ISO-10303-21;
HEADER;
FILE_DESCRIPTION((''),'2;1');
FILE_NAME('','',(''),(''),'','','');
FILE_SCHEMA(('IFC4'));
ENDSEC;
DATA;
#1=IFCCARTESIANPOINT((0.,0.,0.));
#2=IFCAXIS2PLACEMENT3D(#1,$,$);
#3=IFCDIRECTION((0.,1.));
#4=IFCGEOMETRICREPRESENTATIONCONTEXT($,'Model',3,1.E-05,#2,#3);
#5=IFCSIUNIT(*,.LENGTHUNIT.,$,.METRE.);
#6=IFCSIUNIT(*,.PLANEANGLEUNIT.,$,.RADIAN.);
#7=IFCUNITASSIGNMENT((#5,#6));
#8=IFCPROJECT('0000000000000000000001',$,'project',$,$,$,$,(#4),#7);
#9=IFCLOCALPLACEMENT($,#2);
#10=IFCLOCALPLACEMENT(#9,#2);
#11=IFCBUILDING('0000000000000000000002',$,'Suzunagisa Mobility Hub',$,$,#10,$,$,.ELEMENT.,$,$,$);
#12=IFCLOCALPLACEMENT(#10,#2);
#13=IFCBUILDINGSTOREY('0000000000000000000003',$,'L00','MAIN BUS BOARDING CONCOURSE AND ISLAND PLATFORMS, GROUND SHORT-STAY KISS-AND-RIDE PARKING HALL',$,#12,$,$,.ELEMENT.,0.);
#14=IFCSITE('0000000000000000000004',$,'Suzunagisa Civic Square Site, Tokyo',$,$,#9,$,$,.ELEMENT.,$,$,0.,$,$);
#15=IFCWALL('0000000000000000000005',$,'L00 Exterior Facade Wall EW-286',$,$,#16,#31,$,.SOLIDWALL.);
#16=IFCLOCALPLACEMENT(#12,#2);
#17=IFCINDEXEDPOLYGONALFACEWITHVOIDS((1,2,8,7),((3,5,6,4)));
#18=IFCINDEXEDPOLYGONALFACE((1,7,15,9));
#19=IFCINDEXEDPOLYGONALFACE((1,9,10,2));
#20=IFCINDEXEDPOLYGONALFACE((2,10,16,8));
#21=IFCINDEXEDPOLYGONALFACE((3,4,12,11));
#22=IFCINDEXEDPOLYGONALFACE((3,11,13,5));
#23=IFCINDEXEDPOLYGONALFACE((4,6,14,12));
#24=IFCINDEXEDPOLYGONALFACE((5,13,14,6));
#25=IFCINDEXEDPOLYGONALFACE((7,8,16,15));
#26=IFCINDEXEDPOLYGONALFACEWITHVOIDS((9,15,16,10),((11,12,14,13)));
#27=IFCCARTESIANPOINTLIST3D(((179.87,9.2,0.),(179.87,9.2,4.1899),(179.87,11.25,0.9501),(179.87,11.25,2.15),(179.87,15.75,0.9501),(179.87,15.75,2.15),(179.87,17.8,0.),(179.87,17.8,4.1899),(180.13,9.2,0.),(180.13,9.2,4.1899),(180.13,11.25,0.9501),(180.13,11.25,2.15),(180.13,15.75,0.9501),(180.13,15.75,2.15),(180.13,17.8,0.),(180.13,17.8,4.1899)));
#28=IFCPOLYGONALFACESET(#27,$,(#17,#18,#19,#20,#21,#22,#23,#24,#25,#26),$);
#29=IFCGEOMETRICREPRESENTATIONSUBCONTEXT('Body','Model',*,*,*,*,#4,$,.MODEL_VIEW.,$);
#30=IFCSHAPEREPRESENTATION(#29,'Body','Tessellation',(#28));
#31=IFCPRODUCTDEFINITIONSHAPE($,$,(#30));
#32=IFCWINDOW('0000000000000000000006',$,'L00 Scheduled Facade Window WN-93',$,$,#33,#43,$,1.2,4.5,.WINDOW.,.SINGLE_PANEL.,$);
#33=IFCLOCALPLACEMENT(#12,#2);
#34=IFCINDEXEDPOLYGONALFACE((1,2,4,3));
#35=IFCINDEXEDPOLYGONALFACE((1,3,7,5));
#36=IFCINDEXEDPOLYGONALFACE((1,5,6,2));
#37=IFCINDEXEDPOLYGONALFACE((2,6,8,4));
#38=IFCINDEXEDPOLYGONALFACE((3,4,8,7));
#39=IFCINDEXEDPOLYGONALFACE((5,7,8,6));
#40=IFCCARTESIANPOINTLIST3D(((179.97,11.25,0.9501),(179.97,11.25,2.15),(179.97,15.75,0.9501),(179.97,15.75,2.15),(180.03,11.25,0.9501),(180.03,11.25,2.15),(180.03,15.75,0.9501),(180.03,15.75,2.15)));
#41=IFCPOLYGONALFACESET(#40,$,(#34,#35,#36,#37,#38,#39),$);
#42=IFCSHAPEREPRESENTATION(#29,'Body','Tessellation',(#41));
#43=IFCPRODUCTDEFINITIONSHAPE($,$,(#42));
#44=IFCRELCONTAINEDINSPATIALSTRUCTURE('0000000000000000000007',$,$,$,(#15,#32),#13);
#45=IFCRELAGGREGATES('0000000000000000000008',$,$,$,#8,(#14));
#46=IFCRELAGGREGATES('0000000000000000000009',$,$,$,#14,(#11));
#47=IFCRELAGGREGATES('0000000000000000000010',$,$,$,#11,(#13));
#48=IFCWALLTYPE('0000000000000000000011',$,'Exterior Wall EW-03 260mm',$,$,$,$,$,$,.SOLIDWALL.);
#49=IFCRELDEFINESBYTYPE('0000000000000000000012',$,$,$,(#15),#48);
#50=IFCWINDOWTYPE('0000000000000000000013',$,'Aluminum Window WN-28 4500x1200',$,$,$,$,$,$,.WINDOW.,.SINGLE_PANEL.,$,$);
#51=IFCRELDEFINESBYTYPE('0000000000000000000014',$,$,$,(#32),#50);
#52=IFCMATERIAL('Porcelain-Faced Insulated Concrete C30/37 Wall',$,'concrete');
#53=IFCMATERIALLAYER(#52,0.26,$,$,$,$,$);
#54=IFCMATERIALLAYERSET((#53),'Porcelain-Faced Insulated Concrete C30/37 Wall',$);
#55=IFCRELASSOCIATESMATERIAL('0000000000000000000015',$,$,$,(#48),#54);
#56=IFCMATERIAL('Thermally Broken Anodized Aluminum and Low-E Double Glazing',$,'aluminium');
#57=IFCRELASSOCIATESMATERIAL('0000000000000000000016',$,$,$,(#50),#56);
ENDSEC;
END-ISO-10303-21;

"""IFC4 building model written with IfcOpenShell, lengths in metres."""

from ifc_helpers import new_model, si_unit, direction, frame, frame_2d, origin, place, context, subcontext, project, spatial, rectangle, extrude, material, layer, layer_set, type_object, element, fill, save


model = new_model("IFC4")

# Units and contexts
model_context = context("Model", 3, precision=1e-05, world=origin(), true_north=direction((0.0, 1.0)))
body_context = subcontext(model_context, "Body", "Model", "MODEL_VIEW")
ifc_project = project(units=[si_unit("LENGTHUNIT", "METRE"), si_unit("PLANEANGLEUNIT", "RADIAN")], contexts=[model_context])

# Site, building, storey
site_placement = place(None, origin())
site = spatial("IfcSite", under=ifc_project, at=site_placement, Name="Suzunagisa Civic Square Site, Tokyo", CompositionType="ELEMENT", RefElevation=0.0)
building_placement = place(site_placement, origin())
building = spatial("IfcBuilding", under=site, at=building_placement, Name="Suzunagisa Mobility Hub", CompositionType="ELEMENT")
storey_placement = place(building_placement, origin())
storey = spatial("IfcBuildingStorey", under=building, at=storey_placement, Name="L00", Description="MAIN BUS BOARDING CONCOURSE AND ISLAND PLATFORMS, GROUND SHORT-STAY KISS-AND-RIDE PARKING HALL", CompositionType="ELEMENT", Elevation=0.0)

# Wall, opening, window
ifc_material_1 = material(Name="Porcelain-Faced Insulated Concrete C30/37 Wall", Category="concrete")
ifc_layer_1 = layer(ifc_material_1, 0.26)
ifc_layer_set_1 = layer_set([ifc_layer_1], Name="Porcelain-Faced Insulated Concrete C30/37 Wall")
wall_type = type_object("IfcWallType", Name="Exterior Wall EW-03 260mm", PredefinedType="SOLIDWALL", material=ifc_layer_set_1)
wall_placement = place(storey_placement, frame((180.0, 9.2, 0.0), z_axis=(0.0, 0.0, 1.0), x_axis=(0.0, 1.0, 0.0)))
wall = element("IfcWall", 1, at=wall_placement, inside=storey, type_object=wall_type, Name="L00 Exterior Facade Wall EW-286", PredefinedType="SOLIDWALL", context=body_context, shape_type="SweptSolid", body=[
    extrude(rectangle(XDim=8.6001, YDim=0.26, at=frame_2d((4.3, 0.0))), origin(), (0.0, 0.0, 1.0), 4.1899),
])
opening_placement = place(wall_placement, frame((2.05, 0.0, 0.95)))
opening = element("IfcOpeningElement", 2, at=opening_placement, cuts=wall, PredefinedType="OPENING", context=body_context, shape_type="SweptSolid", body=[
    extrude(rectangle(XDim=4.5, YDim=1.2, at=frame_2d((2.25, 0.6001))), frame((0.0, 0.1411, 0.0), z_axis=(0.0, -1.0, 0.0), x_axis=(1.0, 0.0, 0.0)), (0.0, 0.0, 1.0), 0.282),
])
ifc_material_2 = material(Name="Thermally Broken Anodized Aluminum and Low-E Double Glazing", Category="aluminium")
window_type = type_object("IfcWindowType", Name="Aluminum Window WN-28 4500x1200", PartitioningType="SINGLE_PANEL", PredefinedType="WINDOW", material=ifc_material_2)
window_placement = place(opening_placement, origin())
window = element("IfcWindow", 3, at=window_placement, inside=storey, type_object=window_type, Name="L00 Scheduled Facade Window WN-93", OverallHeight=1.2, OverallWidth=4.5, PartitioningType="SINGLE_PANEL", PredefinedType="WINDOW", context=body_context, shape_type="SweptSolid", body=[
    extrude(rectangle(XDim=4.5, YDim=1.2, at=frame_2d((2.25, 0.6001))), frame((0.0, 0.03, 0.0), z_axis=(0.0, -1.0, 0.0), x_axis=(1.0, 0.0, 0.0)), (0.0, 0.0, 1.0), 0.0601),
])
fill(opening, window)

save(model, "model.ifc")
